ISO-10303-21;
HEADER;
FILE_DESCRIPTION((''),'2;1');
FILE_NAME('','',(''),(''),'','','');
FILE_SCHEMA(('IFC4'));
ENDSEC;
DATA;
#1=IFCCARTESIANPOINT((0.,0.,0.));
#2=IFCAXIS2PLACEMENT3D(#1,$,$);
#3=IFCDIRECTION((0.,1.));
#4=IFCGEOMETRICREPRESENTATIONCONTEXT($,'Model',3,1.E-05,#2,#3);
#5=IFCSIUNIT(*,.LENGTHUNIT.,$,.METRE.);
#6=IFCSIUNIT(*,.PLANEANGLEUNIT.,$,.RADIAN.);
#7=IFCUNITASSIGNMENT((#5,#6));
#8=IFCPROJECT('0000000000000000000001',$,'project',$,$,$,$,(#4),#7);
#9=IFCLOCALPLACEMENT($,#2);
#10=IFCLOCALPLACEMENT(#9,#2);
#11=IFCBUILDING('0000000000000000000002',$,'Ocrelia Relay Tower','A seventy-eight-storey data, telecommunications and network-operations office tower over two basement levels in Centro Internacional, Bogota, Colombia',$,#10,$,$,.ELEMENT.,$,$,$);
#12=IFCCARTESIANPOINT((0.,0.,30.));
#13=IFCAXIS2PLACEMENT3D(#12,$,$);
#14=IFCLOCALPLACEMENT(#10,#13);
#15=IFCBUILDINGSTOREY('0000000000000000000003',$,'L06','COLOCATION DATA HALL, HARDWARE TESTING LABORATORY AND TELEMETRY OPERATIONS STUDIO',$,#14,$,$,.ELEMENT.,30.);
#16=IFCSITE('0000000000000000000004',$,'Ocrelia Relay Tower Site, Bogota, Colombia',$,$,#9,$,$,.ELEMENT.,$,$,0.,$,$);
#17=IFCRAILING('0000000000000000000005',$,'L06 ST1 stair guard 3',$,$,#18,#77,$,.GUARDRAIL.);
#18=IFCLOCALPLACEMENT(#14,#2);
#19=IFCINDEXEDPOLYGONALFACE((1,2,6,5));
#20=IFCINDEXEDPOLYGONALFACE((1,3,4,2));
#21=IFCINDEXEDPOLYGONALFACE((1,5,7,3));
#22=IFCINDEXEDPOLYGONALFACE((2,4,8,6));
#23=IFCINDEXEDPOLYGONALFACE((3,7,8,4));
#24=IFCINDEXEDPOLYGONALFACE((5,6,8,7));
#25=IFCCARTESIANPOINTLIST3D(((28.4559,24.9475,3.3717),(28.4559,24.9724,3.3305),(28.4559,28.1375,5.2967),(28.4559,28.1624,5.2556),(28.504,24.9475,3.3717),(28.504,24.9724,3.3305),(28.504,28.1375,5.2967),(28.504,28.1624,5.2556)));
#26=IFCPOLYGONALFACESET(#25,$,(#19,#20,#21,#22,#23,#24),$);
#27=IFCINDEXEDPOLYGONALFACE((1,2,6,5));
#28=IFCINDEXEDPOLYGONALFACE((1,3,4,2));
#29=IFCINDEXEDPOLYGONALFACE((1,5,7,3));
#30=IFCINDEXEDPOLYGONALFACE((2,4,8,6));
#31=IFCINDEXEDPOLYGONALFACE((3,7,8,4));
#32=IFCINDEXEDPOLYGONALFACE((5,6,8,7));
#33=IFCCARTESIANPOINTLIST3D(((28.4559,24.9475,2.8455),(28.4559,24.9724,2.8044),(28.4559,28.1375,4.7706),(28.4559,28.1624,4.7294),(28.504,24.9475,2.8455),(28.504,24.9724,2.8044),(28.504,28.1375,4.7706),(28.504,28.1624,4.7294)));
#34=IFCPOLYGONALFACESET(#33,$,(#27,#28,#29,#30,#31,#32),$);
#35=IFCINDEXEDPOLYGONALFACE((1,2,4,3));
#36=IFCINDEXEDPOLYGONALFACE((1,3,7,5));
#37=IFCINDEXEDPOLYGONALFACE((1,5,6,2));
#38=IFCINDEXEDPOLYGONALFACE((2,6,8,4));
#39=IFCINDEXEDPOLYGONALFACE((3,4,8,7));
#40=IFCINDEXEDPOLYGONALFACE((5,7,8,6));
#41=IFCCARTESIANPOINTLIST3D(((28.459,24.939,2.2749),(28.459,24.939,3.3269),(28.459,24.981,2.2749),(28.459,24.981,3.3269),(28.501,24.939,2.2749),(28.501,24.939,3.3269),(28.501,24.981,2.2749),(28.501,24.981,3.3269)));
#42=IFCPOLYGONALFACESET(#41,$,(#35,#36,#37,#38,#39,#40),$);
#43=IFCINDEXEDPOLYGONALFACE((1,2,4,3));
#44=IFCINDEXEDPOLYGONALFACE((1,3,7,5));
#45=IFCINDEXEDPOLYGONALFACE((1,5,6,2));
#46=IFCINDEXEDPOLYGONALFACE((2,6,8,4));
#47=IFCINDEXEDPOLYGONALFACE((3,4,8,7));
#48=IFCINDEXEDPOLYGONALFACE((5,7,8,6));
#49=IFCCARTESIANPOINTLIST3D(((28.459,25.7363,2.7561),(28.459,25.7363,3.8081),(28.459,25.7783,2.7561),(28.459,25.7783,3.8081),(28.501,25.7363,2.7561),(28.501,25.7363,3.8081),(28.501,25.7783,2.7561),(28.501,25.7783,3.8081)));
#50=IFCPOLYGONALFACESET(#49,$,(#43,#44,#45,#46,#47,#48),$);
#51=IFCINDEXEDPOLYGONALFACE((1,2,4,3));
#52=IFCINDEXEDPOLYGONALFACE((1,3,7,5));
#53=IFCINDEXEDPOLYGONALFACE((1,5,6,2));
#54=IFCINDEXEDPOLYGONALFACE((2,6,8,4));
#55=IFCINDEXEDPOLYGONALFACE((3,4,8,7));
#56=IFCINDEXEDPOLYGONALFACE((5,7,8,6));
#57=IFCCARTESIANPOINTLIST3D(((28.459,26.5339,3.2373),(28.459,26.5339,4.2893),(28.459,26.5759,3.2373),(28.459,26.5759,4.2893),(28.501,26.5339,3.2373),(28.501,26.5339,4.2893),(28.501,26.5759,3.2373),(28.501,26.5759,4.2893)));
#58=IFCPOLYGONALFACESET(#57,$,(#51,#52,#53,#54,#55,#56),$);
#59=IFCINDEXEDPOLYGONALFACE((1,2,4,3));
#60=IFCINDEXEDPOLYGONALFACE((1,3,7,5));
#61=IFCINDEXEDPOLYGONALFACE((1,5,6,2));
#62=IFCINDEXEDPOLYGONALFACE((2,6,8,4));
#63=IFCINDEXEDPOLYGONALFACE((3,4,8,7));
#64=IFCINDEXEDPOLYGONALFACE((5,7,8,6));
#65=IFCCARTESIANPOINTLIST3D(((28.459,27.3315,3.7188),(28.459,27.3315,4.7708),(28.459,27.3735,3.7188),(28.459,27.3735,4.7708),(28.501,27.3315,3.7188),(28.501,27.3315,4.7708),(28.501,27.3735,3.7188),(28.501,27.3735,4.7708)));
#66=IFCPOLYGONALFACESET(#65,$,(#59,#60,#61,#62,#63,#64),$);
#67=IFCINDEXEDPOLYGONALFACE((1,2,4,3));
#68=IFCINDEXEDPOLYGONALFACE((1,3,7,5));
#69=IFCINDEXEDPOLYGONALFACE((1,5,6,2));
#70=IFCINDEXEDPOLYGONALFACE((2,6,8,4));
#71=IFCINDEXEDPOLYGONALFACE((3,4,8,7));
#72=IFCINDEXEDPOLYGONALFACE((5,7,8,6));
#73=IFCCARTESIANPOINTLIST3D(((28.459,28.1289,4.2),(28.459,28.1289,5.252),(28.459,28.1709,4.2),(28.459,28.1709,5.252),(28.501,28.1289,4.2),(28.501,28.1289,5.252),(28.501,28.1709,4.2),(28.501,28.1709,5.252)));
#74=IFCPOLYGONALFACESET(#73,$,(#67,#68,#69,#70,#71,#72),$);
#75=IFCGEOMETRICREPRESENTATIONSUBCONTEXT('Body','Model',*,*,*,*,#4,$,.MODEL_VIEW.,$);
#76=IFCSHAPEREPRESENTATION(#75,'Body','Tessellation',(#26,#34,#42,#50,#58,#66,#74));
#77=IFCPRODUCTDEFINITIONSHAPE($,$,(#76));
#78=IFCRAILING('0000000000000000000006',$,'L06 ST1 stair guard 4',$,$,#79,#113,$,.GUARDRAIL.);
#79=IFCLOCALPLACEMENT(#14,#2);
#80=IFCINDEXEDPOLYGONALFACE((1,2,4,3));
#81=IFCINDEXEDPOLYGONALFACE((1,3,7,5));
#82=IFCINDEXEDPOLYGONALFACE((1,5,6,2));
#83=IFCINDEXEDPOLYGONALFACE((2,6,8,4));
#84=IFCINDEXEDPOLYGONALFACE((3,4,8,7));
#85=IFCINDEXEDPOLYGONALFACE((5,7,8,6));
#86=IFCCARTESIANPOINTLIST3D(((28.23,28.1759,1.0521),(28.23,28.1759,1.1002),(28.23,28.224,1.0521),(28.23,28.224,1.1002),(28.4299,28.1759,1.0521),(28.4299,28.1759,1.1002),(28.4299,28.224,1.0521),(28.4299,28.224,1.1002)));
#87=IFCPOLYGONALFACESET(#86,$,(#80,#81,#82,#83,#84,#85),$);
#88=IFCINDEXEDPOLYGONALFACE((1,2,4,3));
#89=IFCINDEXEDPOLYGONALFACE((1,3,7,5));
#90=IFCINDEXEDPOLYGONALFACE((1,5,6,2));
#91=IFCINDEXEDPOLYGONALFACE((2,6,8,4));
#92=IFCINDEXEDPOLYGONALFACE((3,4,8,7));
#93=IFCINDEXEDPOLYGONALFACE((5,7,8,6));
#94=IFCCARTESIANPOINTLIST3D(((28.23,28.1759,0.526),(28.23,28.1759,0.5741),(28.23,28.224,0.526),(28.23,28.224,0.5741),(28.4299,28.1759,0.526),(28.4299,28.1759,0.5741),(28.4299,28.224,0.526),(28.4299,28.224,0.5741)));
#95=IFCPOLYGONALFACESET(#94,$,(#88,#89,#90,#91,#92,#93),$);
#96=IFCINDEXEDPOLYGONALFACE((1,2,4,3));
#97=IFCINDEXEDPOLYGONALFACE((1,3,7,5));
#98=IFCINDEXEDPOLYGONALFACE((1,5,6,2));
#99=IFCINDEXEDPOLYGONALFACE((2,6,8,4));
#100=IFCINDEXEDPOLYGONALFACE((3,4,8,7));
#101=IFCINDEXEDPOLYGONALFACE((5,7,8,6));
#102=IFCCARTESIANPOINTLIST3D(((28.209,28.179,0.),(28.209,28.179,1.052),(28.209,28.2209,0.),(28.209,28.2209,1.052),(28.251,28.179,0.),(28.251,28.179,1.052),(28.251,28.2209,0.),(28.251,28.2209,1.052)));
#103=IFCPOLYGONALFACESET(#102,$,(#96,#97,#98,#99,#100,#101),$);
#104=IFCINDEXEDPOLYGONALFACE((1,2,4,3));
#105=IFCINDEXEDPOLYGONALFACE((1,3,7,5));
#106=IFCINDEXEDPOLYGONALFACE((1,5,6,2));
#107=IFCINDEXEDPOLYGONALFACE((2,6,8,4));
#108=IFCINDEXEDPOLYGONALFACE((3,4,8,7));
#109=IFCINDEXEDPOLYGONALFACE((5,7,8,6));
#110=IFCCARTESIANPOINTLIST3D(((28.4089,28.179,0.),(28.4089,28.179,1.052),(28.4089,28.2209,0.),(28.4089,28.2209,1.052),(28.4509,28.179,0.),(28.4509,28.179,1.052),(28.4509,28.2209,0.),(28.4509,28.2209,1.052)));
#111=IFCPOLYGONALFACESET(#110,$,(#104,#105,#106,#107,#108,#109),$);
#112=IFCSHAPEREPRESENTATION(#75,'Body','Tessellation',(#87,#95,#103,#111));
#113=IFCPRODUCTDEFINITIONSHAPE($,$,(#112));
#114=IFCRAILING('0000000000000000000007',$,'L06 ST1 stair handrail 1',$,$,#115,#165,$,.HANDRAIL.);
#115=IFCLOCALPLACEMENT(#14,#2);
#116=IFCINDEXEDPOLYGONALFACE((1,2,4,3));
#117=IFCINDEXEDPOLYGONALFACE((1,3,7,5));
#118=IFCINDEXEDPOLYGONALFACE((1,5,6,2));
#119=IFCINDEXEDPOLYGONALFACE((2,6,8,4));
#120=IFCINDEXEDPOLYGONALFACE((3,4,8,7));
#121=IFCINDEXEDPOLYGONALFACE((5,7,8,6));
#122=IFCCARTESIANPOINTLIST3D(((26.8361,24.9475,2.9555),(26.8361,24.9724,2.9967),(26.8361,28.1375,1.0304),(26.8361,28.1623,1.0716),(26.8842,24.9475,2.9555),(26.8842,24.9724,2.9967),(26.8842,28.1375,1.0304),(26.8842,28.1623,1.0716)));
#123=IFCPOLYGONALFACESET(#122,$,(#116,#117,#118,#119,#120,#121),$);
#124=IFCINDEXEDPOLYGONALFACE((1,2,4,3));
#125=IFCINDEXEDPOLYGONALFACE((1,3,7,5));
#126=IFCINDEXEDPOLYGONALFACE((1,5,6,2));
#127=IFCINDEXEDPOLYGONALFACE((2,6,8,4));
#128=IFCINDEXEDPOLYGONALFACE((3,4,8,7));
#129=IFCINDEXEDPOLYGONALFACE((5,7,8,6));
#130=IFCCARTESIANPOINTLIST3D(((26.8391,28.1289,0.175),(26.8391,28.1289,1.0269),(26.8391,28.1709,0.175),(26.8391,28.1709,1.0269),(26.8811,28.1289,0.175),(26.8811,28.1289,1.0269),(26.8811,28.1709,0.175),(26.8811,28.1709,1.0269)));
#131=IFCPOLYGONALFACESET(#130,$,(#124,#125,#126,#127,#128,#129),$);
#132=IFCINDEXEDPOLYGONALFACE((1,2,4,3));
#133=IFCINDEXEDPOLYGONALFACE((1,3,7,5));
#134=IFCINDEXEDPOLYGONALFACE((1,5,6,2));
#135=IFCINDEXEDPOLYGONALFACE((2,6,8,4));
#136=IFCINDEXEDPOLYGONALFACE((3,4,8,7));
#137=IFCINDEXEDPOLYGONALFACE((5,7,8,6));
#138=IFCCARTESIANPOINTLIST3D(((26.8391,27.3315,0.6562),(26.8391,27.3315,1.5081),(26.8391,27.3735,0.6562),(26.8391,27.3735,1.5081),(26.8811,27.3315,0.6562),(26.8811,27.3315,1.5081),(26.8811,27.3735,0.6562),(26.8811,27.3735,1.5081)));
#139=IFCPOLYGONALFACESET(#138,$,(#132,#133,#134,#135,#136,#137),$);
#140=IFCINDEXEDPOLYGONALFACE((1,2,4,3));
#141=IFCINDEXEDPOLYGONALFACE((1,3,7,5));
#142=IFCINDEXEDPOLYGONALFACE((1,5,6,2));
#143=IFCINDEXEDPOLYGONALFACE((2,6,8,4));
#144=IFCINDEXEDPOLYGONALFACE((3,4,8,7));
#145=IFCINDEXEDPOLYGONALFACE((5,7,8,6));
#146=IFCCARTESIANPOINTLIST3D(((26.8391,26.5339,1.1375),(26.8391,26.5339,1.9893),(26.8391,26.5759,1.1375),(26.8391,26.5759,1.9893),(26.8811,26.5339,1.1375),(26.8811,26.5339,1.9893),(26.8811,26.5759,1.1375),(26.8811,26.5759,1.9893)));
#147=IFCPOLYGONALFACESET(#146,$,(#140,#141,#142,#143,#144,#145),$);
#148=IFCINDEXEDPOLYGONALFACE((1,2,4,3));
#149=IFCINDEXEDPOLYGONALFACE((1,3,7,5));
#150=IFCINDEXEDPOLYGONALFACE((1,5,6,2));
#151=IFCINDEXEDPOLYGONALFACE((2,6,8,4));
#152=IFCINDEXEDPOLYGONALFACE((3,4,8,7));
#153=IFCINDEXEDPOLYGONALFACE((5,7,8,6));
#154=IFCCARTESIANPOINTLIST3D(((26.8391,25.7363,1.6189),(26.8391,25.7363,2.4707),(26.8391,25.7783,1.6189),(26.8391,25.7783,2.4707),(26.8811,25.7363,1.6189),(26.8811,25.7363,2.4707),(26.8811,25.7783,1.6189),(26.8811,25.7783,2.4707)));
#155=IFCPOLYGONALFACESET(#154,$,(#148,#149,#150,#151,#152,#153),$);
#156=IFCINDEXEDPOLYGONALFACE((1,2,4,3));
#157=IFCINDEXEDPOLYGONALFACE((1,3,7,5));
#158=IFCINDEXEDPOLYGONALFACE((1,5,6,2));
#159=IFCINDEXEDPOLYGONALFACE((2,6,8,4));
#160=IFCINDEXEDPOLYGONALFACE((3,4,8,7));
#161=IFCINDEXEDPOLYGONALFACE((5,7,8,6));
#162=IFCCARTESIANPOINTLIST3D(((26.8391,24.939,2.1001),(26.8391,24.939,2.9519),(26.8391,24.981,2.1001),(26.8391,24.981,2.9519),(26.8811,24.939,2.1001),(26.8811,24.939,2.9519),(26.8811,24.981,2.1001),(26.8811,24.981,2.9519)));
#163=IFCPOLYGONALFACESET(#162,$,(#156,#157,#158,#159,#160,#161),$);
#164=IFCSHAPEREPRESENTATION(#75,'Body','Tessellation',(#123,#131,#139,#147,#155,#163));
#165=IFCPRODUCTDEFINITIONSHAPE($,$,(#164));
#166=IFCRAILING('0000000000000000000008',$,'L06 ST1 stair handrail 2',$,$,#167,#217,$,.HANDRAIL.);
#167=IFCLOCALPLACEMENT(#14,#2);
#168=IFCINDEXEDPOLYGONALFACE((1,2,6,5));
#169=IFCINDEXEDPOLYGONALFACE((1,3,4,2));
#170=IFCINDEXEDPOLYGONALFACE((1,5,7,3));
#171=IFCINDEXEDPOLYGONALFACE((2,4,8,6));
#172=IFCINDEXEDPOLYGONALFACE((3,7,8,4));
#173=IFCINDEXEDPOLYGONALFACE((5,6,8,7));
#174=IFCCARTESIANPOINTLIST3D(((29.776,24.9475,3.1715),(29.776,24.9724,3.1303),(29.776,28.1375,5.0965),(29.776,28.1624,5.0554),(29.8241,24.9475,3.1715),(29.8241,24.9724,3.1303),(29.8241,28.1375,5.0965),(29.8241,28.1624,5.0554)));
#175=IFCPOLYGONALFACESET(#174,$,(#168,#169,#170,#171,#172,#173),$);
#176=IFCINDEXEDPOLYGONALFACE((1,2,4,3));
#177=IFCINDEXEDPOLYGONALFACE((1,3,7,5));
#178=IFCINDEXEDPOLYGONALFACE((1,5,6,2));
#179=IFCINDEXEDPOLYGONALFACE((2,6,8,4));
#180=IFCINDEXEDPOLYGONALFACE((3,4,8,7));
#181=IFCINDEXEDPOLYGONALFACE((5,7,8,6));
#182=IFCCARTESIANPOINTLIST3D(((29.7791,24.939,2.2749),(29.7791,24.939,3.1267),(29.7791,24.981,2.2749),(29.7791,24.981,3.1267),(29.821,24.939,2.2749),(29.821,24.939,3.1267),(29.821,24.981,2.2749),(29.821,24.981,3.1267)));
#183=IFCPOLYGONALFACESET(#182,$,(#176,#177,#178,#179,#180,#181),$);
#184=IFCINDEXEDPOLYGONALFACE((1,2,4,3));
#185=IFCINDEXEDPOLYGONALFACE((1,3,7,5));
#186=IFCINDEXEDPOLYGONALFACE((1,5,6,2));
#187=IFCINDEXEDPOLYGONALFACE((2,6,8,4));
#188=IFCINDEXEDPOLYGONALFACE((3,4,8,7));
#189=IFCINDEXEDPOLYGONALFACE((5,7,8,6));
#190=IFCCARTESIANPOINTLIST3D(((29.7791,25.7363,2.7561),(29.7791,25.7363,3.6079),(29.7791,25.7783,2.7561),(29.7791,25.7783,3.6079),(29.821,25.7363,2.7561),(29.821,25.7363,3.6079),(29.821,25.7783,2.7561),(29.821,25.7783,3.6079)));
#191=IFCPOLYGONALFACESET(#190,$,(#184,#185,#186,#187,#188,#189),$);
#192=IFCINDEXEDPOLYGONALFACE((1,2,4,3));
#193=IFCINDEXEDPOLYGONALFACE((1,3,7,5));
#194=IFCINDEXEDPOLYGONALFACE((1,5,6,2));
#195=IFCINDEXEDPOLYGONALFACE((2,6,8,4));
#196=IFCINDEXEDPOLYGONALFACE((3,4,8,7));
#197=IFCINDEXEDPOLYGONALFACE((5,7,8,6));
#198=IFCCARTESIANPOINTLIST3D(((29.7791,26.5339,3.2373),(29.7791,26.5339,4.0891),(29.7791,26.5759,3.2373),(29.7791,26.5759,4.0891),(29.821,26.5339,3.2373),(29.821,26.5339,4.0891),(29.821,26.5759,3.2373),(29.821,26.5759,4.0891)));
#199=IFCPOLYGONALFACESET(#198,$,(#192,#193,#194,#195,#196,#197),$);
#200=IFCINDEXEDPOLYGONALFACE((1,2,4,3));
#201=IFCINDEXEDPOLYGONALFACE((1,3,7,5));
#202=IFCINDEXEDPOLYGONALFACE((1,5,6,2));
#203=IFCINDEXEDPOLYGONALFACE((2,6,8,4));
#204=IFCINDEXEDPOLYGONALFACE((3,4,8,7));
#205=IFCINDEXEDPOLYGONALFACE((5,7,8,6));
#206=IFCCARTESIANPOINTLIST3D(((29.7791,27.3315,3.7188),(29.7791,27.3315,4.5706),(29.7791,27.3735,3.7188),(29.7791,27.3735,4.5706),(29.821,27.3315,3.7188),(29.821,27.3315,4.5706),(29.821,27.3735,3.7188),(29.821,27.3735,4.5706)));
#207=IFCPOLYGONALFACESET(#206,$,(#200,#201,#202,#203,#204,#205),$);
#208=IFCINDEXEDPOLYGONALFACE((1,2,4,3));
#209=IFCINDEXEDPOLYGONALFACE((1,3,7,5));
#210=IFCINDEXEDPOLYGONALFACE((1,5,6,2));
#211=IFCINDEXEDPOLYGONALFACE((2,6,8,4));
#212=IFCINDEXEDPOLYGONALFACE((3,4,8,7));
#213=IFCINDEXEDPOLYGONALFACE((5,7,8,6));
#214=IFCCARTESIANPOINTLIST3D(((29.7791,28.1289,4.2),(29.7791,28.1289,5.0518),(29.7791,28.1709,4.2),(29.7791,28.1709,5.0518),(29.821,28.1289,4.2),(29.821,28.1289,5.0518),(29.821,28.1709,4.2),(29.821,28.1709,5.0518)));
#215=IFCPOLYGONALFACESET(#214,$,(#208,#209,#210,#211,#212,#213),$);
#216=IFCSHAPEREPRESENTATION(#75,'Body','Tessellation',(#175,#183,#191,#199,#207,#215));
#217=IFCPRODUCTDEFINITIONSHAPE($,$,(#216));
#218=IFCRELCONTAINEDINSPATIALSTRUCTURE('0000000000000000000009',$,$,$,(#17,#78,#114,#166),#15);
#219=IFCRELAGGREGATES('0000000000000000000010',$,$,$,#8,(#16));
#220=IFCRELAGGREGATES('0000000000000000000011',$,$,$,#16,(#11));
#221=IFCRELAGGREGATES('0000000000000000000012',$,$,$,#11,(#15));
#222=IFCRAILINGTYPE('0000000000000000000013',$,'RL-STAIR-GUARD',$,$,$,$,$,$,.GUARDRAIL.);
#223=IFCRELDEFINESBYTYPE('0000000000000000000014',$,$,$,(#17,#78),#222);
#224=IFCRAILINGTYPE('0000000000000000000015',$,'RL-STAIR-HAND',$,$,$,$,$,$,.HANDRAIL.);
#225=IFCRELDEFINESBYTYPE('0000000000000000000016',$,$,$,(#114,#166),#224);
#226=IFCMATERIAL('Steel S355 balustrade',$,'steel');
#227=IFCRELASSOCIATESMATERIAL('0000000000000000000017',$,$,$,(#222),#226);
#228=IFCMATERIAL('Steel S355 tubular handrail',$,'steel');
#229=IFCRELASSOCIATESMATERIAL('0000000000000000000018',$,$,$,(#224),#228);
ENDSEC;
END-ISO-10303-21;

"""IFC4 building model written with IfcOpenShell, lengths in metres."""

from ifc_helpers import new_model, si_unit, direction, frame, origin, origin_2d, place, context, subcontext, project, spatial, rectangle, extrude, material, type_object, element, save


model = new_model("IFC4")

# Units and contexts
model_context = context("Model", 3, precision=1e-05, world=origin(), true_north=direction((0.0, 1.0)))
body_context = subcontext(model_context, "Body", "Model", "MODEL_VIEW")
ifc_project = project(units=[si_unit("LENGTHUNIT", "METRE"), si_unit("PLANEANGLEUNIT", "RADIAN")], contexts=[model_context])

# Site, building, storey
site_placement = place(None, origin())
site = spatial("IfcSite", under=ifc_project, at=site_placement, Name="Ocrelia Relay Tower Site, Bogota, Colombia", CompositionType="ELEMENT", RefElevation=0.0)
building_placement = place(site_placement, origin())
building = spatial("IfcBuilding", under=site, at=building_placement, Name="Ocrelia Relay Tower", Description="A seventy-eight-storey data, telecommunications and network-operations office tower over two basement levels in Centro Internacional, Bogota, Colombia", CompositionType="ELEMENT")
storey_placement = place(building_placement, frame((0.0, 0.0, 30.0)))
storey = spatial("IfcBuildingStorey", under=building, at=storey_placement, Name="L06", Description="COLOCATION DATA HALL, HARDWARE TESTING LABORATORY AND TELEMETRY OPERATIONS STUDIO", CompositionType="ELEMENT", Elevation=30.0)

# Railings
ifc_material_1 = material(Name="Steel S355 balustrade", Category="steel")
railing_type_1 = type_object("IfcRailingType", Name="RL-STAIR-GUARD", PredefinedType="GUARDRAIL", material=ifc_material_1)
railing_1_placement = place(storey_placement, frame((28.48, 24.96, 2.2749)))
element("IfcRailing", 1, at=railing_1_placement, inside=storey, type_object=railing_type_1, Name="L06 ST1 stair guard 3", PredefinedType="GUARDRAIL", context=body_context, shape_type="SweptSolid", body=[
    extrude(rectangle(XDim=0.0481, YDim=0.0481, at=origin_2d()), frame((0.0, 0.0, 1.0762), z_axis=(0.0, 0.856178, 0.516682), x_axis=(-1.0, 0.0, 0.0)), (0.0, 0.0, 1.0), 3.7258),
    extrude(rectangle(XDim=0.0481, YDim=0.0481, at=origin_2d()), frame((0.0, 0.0, 0.55), z_axis=(0.0, 0.856178, 0.516682), x_axis=(-1.0, 0.0, 0.0)), (0.0, 0.0, 1.0), 3.7258),
    extrude(rectangle(XDim=0.042, YDim=0.042, at=origin_2d()), origin(), (0.0, 0.0, 1.0), 1.052),
    extrude(rectangle(XDim=0.042, YDim=0.042, at=origin_2d()), frame((0.0, 0.7974, 0.4812)), (0.0, 0.0, 1.0), 1.052),
    extrude(rectangle(XDim=0.042, YDim=0.042, at=origin_2d()), frame((0.0, 1.595, 0.9624)), (0.0, 0.0, 1.0), 1.052),
    extrude(rectangle(XDim=0.042, YDim=0.042, at=origin_2d()), frame((0.0, 2.3926, 1.4438)), (0.0, 0.0, 1.0), 1.052),
    extrude(rectangle(XDim=0.042, YDim=0.042, at=origin_2d()), frame((0.0, 3.1899, 1.925)), (0.0, 0.0, 1.0), 1.052),
])
railing_2_placement = place(storey_placement, frame((28.23, 28.2, 0.0)))
element("IfcRailing", 2, at=railing_2_placement, inside=storey, type_object=railing_type_1, Name="L06 ST1 stair guard 4", PredefinedType="GUARDRAIL", context=body_context, shape_type="SweptSolid", body=[
    extrude(rectangle(XDim=0.0481, YDim=0.0481, at=origin_2d()), frame((0.0, 0.0, 1.0762), z_axis=(1.0, 0.0, 0.0), x_axis=(0.0, 1.0, 0.0)), (0.0, 0.0, 1.0), 0.2),
    extrude(rectangle(XDim=0.0481, YDim=0.0481, at=origin_2d()), frame((0.0, 0.0, 0.55), z_axis=(1.0, 0.0, 0.0), x_axis=(0.0, 1.0, 0.0)), (0.0, 0.0, 1.0), 0.2),
    extrude(rectangle(XDim=0.042, YDim=0.042, at=origin_2d()), origin(), (0.0, 0.0, 1.0), 1.052),
    extrude(rectangle(XDim=0.042, YDim=0.042, at=origin_2d()), frame((0.2, 0.0, 0.0)), (0.0, 0.0, 1.0), 1.052),
])
ifc_material_2 = material(Name="Steel S355 tubular handrail", Category="steel")
railing_type_2 = type_object("IfcRailingType", Name="RL-STAIR-HAND", PredefinedType="HANDRAIL", material=ifc_material_2)
railing_3_placement = place(storey_placement, frame((26.8601, 28.1499, 0.175)))
element("IfcRailing", 3, at=railing_3_placement, inside=storey, type_object=railing_type_2, Name="L06 ST1 stair handrail 1", PredefinedType="HANDRAIL", context=body_context, shape_type="SweptSolid", body=[
    extrude(rectangle(XDim=0.0481, YDim=0.0481, at=origin_2d()), frame((0.0, 0.0, 0.876), z_axis=(0.0, -0.856178, 0.516682), x_axis=(1.0, 0.0, 0.0)), (0.0, 0.0, 1.0), 3.7258),
    extrude(rectangle(XDim=0.042, YDim=0.042, at=origin_2d()), origin(), (0.0, 0.0, 1.0), 0.8518),
    extrude(rectangle(XDim=0.042, YDim=0.042, at=origin_2d()), frame((0.0, -0.7974, 0.4812)), (0.0, 0.0, 1.0), 0.8518),
    extrude(rectangle(XDim=0.042, YDim=0.042, at=origin_2d()), frame((0.0, -1.595, 0.9624)), (0.0, 0.0, 1.0), 0.8518),
    extrude(rectangle(XDim=0.042, YDim=0.042, at=origin_2d()), frame((0.0, -2.3926, 1.4438)), (0.0, 0.0, 1.0), 0.8518),
    extrude(rectangle(XDim=0.042, YDim=0.042, at=origin_2d()), frame((0.0, -3.1899, 1.925)), (0.0, 0.0, 1.0), 0.8518),
])
railing_4_placement = place(storey_placement, frame((29.8, 24.96, 2.2749)))
element("IfcRailing", 4, at=railing_4_placement, inside=storey, type_object=railing_type_2, Name="L06 ST1 stair handrail 2", PredefinedType="HANDRAIL", context=body_context, shape_type="SweptSolid", body=[
    extrude(rectangle(XDim=0.0481, YDim=0.0481, at=origin_2d()), frame((0.0, 0.0, 0.876), z_axis=(0.0, 0.856178, 0.516682), x_axis=(-1.0, 0.0, 0.0)), (0.0, 0.0, 1.0), 3.7258),
    extrude(rectangle(XDim=0.042, YDim=0.042, at=origin_2d()), origin(), (0.0, 0.0, 1.0), 0.8518),
    extrude(rectangle(XDim=0.042, YDim=0.042, at=origin_2d()), frame((0.0, 0.7974, 0.4812)), (0.0, 0.0, 1.0), 0.8518),
    extrude(rectangle(XDim=0.042, YDim=0.042, at=origin_2d()), frame((0.0, 1.595, 0.9624)), (0.0, 0.0, 1.0), 0.8518),
    extrude(rectangle(XDim=0.042, YDim=0.042, at=origin_2d()), frame((0.0, 2.3926, 1.4438)), (0.0, 0.0, 1.0), 0.8518),
    extrude(rectangle(XDim=0.042, YDim=0.042, at=origin_2d()), frame((0.0, 3.1899, 1.925)), (0.0, 0.0, 1.0), 0.8518),
])

save(model, "model.ifc")
